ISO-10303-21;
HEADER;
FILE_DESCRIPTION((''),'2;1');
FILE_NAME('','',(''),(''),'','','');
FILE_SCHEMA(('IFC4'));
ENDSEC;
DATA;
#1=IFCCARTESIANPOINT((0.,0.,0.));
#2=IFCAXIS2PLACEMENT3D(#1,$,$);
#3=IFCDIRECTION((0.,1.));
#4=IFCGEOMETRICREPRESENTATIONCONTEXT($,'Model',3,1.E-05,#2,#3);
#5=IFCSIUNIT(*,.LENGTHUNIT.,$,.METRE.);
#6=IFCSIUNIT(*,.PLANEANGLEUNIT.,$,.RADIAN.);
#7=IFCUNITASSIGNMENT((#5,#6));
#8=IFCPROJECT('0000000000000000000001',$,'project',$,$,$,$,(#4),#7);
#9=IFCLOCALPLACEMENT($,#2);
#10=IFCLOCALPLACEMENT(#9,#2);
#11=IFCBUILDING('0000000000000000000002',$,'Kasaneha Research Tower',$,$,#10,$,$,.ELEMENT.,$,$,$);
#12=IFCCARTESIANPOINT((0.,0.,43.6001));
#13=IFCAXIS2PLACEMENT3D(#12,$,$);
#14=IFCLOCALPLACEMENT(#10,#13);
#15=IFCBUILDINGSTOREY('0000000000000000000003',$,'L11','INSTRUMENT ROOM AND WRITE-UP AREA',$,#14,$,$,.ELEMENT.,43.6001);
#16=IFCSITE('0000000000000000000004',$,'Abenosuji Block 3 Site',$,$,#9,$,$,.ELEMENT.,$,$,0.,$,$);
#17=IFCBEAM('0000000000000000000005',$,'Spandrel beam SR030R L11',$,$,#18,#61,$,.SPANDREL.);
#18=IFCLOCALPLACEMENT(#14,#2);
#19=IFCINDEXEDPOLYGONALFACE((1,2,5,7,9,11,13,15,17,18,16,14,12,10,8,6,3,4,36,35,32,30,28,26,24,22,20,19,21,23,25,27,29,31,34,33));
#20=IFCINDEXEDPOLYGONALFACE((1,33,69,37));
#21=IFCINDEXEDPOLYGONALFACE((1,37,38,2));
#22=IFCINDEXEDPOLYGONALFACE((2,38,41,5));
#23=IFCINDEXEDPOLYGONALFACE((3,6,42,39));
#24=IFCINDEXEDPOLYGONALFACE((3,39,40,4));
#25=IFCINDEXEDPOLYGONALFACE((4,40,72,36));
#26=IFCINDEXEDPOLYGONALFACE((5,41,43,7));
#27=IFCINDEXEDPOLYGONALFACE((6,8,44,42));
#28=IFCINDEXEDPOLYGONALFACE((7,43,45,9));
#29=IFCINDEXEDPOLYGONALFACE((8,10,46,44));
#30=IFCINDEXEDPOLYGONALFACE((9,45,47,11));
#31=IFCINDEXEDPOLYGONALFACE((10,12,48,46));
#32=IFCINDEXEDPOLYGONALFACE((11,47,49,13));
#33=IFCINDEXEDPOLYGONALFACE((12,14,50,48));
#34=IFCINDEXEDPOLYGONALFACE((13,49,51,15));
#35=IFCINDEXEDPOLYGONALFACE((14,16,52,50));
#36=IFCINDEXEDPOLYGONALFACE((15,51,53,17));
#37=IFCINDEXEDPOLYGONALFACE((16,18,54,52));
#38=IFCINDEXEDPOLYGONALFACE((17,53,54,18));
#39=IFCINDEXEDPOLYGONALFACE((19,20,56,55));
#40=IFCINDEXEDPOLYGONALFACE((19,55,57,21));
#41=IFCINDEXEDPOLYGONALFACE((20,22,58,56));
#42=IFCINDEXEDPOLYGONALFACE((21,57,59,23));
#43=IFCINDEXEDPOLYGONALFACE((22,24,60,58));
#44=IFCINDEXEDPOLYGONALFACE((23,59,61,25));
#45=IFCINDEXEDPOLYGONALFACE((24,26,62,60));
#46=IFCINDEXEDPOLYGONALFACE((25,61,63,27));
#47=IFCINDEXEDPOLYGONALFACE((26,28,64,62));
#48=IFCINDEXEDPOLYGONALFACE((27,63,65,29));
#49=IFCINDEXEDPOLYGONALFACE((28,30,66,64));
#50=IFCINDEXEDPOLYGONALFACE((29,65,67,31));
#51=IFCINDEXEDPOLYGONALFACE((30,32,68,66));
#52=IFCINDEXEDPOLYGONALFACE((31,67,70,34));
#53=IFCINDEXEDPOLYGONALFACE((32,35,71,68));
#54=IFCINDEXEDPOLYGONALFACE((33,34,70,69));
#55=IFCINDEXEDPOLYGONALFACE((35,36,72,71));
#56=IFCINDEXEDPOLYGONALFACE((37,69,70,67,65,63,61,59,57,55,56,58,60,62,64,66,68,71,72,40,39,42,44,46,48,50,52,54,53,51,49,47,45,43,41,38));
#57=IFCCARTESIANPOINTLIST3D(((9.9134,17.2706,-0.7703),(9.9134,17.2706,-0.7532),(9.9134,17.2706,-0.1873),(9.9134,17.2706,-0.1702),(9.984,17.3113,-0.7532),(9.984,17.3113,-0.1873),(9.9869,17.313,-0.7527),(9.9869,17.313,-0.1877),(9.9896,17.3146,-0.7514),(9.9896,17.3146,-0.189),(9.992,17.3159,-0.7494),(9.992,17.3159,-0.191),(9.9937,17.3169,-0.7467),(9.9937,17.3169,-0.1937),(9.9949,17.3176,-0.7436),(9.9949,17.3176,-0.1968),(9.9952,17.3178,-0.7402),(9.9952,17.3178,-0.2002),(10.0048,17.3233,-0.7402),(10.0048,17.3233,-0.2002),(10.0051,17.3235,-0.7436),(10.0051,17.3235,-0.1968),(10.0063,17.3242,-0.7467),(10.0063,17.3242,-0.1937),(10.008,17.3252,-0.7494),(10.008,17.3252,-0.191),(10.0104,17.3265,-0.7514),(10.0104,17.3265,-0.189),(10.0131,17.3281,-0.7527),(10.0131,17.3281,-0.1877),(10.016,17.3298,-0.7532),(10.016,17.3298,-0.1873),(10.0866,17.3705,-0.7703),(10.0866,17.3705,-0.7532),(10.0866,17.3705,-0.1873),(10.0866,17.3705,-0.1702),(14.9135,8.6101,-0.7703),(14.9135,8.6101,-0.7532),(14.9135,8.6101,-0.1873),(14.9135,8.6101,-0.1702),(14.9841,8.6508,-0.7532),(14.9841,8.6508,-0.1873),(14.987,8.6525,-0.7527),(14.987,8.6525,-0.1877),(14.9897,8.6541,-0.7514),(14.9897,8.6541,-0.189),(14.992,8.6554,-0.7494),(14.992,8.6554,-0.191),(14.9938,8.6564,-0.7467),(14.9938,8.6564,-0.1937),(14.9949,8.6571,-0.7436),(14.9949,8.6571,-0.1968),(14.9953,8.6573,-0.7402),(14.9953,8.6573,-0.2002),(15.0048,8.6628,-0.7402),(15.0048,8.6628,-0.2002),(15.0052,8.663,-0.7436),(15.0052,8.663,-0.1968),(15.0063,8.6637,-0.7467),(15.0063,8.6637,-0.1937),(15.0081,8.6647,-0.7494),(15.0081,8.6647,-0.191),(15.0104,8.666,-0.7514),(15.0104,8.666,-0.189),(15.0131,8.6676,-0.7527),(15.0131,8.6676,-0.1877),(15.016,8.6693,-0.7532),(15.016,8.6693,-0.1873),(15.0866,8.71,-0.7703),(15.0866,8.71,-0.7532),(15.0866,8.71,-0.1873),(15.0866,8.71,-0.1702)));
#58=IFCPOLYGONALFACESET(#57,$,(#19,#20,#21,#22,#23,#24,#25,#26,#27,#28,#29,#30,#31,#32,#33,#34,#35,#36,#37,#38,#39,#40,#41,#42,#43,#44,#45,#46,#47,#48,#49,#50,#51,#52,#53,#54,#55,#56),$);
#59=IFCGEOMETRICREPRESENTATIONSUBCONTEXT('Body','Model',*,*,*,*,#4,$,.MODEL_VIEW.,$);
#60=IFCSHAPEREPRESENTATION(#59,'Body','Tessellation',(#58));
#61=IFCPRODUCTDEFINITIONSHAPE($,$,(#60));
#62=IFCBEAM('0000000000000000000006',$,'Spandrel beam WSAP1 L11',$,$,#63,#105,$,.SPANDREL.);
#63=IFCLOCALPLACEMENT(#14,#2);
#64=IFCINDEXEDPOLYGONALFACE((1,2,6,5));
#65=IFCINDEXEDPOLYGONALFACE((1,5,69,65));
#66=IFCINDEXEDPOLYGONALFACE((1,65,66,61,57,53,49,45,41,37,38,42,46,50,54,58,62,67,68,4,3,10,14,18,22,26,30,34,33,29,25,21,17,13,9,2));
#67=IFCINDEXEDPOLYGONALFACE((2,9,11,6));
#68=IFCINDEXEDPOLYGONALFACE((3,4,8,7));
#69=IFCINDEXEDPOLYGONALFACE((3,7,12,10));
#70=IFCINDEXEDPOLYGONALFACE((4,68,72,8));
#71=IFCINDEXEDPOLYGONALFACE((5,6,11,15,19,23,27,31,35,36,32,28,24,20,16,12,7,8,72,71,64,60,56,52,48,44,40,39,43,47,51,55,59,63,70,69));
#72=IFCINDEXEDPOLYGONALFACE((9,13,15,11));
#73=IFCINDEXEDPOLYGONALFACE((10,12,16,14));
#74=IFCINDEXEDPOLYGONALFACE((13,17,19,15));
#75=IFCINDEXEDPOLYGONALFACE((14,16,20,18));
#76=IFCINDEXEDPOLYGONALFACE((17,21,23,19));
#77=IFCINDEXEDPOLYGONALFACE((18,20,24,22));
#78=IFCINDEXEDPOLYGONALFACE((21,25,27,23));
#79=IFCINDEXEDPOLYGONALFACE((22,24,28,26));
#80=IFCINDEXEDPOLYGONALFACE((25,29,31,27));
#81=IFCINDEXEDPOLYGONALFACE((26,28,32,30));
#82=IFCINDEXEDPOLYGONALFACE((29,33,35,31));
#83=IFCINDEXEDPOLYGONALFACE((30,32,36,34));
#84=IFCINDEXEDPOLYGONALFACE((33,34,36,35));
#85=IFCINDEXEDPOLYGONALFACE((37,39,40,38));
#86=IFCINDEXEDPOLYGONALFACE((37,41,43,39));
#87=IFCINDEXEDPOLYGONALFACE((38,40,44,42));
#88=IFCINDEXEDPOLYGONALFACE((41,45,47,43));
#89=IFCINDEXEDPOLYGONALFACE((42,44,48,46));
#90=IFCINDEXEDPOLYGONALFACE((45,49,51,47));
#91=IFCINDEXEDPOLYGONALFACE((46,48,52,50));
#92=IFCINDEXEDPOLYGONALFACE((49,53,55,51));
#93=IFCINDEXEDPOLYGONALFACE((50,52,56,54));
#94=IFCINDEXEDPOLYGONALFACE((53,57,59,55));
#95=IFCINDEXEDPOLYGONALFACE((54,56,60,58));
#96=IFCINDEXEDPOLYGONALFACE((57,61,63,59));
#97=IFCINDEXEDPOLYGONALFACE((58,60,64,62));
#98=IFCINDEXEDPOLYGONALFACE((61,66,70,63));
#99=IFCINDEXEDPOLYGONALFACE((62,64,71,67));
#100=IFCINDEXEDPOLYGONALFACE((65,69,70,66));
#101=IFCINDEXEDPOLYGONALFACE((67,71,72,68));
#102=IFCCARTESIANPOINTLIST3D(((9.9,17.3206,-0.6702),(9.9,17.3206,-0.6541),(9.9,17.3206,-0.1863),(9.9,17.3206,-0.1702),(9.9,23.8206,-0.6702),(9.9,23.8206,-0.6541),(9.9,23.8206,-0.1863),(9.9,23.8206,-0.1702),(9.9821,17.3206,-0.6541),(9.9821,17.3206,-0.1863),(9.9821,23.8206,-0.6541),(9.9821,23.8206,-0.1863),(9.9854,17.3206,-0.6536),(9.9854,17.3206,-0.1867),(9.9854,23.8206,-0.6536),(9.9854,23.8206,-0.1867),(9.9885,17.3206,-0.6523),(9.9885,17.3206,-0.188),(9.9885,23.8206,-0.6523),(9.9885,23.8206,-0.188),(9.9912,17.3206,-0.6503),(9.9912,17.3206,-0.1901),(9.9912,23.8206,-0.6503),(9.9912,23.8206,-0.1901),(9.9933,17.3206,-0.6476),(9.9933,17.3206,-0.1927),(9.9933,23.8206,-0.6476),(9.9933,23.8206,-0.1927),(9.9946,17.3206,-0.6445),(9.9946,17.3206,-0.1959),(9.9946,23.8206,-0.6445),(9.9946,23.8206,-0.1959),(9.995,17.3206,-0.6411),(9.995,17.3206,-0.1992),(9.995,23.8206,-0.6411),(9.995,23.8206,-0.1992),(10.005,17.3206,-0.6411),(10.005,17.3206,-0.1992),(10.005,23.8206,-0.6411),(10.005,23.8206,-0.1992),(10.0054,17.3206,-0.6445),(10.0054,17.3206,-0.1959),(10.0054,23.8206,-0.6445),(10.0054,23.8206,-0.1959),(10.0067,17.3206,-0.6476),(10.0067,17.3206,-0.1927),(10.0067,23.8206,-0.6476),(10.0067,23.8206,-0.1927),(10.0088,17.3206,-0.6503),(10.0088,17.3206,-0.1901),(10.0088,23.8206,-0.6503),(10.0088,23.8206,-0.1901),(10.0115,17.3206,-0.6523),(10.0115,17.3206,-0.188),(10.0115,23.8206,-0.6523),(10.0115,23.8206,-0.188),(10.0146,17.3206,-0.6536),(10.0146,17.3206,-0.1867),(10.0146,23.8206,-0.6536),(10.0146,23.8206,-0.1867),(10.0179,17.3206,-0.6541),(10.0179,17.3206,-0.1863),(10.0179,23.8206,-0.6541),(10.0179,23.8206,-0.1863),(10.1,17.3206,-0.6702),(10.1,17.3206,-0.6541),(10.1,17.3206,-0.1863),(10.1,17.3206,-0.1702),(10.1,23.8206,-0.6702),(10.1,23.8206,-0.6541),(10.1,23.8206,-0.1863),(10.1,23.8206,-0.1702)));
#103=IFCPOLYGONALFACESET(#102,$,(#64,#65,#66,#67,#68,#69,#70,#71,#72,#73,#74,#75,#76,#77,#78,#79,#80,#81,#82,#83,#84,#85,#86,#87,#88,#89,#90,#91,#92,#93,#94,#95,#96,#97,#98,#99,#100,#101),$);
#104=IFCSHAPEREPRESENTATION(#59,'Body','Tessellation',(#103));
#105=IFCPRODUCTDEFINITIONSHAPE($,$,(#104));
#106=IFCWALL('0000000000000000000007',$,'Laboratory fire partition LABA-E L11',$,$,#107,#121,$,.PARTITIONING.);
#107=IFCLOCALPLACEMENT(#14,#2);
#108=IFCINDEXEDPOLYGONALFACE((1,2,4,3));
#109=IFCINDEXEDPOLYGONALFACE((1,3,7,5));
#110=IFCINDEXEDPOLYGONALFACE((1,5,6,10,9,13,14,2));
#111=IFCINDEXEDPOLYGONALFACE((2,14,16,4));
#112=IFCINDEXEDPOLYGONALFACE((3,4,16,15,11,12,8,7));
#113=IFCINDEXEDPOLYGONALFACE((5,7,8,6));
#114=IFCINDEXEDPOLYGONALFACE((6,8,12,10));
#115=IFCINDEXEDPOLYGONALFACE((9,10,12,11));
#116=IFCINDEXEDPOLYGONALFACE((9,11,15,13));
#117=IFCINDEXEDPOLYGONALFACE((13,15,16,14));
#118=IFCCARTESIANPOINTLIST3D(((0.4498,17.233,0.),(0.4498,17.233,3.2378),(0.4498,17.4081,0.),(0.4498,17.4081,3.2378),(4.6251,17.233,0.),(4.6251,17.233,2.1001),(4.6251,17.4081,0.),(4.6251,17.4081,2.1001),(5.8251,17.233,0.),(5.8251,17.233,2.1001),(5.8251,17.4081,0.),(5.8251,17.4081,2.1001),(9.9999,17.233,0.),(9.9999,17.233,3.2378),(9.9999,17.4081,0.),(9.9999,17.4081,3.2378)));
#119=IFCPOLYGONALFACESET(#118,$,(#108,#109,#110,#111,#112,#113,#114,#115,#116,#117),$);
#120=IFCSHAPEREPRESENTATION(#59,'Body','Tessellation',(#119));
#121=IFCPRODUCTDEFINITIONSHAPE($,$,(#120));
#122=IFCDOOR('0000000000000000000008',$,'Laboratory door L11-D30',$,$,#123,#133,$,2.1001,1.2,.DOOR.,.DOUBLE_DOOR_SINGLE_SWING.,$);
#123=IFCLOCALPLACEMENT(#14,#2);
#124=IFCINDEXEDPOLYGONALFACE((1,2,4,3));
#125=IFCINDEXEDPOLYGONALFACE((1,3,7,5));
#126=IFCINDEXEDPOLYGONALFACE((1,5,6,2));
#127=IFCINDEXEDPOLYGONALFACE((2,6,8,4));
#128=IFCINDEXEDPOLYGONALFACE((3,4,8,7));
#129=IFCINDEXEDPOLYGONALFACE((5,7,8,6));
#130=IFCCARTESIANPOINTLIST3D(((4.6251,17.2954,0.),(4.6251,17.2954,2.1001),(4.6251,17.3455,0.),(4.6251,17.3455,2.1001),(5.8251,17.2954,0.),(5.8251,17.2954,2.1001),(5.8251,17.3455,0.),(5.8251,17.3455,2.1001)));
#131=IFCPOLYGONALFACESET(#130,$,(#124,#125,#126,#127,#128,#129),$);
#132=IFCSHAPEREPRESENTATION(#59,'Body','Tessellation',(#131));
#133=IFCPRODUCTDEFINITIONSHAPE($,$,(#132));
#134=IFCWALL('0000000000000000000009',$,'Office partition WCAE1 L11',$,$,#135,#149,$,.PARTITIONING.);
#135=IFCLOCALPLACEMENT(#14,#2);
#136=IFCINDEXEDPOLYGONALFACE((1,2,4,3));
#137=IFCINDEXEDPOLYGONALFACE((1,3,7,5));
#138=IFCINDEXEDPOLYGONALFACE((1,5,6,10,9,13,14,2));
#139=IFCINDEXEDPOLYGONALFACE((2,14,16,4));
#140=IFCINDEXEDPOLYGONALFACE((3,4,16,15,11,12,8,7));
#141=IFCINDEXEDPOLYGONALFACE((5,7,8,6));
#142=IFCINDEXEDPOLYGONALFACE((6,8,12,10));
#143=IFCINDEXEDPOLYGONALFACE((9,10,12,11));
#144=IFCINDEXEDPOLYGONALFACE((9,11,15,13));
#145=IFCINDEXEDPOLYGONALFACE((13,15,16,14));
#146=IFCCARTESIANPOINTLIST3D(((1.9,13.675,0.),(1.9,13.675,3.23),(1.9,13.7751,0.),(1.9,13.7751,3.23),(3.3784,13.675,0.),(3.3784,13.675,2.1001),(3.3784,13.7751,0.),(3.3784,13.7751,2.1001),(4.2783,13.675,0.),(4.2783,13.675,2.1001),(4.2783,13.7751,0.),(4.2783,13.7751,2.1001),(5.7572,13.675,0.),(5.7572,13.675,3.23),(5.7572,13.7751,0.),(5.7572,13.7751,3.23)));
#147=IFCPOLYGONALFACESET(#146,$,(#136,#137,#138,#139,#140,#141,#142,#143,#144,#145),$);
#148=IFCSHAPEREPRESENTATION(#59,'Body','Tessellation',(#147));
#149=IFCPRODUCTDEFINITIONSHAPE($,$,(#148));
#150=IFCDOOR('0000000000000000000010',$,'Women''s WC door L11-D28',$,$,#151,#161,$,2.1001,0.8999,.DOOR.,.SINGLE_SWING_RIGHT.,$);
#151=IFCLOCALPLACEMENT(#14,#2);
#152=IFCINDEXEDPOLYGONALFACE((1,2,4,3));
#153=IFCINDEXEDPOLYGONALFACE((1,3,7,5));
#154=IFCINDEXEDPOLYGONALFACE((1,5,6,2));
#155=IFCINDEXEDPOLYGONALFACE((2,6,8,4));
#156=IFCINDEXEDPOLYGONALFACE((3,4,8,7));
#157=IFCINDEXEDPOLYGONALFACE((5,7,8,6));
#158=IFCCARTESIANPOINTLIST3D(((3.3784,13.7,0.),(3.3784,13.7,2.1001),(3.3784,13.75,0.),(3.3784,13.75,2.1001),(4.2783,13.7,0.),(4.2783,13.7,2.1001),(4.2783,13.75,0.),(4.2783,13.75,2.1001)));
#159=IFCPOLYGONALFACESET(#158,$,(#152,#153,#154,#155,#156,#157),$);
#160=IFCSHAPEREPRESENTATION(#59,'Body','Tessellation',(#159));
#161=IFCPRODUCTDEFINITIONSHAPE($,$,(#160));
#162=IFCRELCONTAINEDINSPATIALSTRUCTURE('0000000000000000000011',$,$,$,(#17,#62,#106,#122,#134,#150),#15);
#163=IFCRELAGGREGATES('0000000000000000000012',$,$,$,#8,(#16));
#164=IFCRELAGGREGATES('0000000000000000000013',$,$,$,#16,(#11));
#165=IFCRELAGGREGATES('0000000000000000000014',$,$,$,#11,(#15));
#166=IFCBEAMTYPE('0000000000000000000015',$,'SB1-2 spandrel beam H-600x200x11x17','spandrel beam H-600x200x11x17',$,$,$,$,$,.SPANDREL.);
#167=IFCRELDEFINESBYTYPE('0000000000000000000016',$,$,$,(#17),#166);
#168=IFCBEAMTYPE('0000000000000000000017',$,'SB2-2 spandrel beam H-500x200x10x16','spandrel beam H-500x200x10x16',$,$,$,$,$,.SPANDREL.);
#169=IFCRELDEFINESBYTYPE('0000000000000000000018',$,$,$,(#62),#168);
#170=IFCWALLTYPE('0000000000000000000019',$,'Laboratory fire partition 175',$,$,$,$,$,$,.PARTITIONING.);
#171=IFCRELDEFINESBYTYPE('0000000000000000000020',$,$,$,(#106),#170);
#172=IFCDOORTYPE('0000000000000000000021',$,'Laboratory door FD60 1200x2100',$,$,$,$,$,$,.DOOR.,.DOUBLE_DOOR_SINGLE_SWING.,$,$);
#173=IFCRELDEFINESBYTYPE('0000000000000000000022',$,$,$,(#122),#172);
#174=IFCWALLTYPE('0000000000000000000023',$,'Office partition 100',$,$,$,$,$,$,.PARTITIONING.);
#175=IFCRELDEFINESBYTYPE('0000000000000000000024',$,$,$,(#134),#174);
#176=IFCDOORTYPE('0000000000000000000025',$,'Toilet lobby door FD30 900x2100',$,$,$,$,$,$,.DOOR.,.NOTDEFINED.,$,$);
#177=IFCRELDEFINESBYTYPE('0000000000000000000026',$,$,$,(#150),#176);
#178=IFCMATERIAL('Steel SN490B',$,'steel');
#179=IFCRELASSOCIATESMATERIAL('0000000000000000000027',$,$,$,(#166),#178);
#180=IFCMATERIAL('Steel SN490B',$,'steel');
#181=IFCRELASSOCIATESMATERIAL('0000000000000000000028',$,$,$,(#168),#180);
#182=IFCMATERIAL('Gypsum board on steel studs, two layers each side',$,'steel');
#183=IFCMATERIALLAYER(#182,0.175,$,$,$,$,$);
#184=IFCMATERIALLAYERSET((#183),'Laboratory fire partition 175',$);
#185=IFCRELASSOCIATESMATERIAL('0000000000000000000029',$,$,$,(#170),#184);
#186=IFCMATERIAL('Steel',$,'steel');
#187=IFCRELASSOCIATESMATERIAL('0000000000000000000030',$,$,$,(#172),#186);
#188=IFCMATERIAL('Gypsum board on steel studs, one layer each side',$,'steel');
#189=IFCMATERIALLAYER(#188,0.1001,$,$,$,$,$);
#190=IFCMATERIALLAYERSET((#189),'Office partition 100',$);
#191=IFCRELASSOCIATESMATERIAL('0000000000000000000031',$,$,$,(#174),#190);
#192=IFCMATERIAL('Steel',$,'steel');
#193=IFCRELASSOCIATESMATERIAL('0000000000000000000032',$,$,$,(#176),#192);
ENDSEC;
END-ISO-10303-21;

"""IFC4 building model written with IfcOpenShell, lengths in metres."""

from ifc_helpers import new_model, si_unit, direction, frame, frame_2d, origin, origin_2d, place, context, subcontext, project, spatial, rectangle, i_section, extrude, material, layer, layer_set, material_profile, profile_set, type_object, element, fill, save


model = new_model("IFC4")

# Units and contexts
model_context = context("Model", 3, precision=1e-05, world=origin(), true_north=direction((0.0, 1.0)))
body_context = subcontext(model_context, "Body", "Model", "MODEL_VIEW")
ifc_project = project(units=[si_unit("LENGTHUNIT", "METRE"), si_unit("PLANEANGLEUNIT", "RADIAN")], contexts=[model_context])

# Site, building, storey
site_placement = place(None, origin())
site = spatial("IfcSite", under=ifc_project, at=site_placement, Name="Abenosuji Block 3 Site", CompositionType="ELEMENT", RefElevation=0.0)
building_placement = place(site_placement, origin())
building = spatial("IfcBuilding", under=site, at=building_placement, Name="Kasaneha Research Tower", CompositionType="ELEMENT")
storey_placement = place(building_placement, frame((0.0, 0.0, 43.6001)))
storey = spatial("IfcBuildingStorey", under=building, at=storey_placement, Name="L11", Description="INSTRUMENT ROOM AND WRITE-UP AREA", CompositionType="ELEMENT", Elevation=43.6001)

# Beams
ifc_material_1 = material(Name="Steel SN490B", Category="steel")
ifc_material_profile_1 = material_profile(ifc_material_1, i_section(OverallWidth=0.2, OverallDepth=0.6001, WebThickness=0.011, FlangeThickness=0.0171, FilletRadius=0.0129, at=origin_2d()), Name="H-600x200x11x17")
ifc_profile_set_1 = profile_set([ifc_material_profile_1], Name="Steel SN490B")
beam_type_1 = type_object("IfcBeamType", Name="SB1-2 spandrel beam H-600x200x11x17", Description="spandrel beam H-600x200x11x17", PredefinedType="SPANDREL", material=ifc_profile_set_1)
beam_1_placement = place(storey_placement, frame((10.0, 17.3206, -0.4702), z_axis=(0.499994, -0.866029, 0.0), x_axis=(0.866029, 0.499994, 0.0)))
element("IfcBeam", 1, at=beam_1_placement, inside=storey, type_object=beam_type_1, Name="Spandrel beam SR030R L11", PredefinedType="SPANDREL", context=body_context, shape_type="SweptSolid", body=[
    extrude(i_section(OverallWidth=0.2, OverallDepth=0.6001, WebThickness=0.011, FlangeThickness=0.0171, FilletRadius=0.0129, at=origin_2d()), origin(), (0.0, 0.0, 1.0), 10.0002),
])
ifc_material_2 = material(Name="Steel SN490B", Category="steel")
ifc_material_profile_2 = material_profile(ifc_material_2, i_section(OverallWidth=0.2, OverallDepth=0.5, WebThickness=0.01, FlangeThickness=0.0161, FilletRadius=0.0129, at=origin_2d()), Name="H-500x200x10x16")
ifc_profile_set_2 = profile_set([ifc_material_profile_2], Name="Steel SN490B")
beam_type_2 = type_object("IfcBeamType", Name="SB2-2 spandrel beam H-500x200x10x16", Description="spandrel beam H-500x200x10x16", PredefinedType="SPANDREL", material=ifc_profile_set_2)
beam_2_placement = place(storey_placement, frame((10.0, 17.3206, -0.4202), z_axis=(0.0, 1.0, 0.0), x_axis=(-1.0, 0.0, 0.0)))
element("IfcBeam", 2, at=beam_2_placement, inside=storey, type_object=beam_type_2, Name="Spandrel beam WSAP1 L11", PredefinedType="SPANDREL", context=body_context, shape_type="SweptSolid", body=[
    extrude(i_section(OverallWidth=0.2, OverallDepth=0.5, WebThickness=0.01, FlangeThickness=0.0161, FilletRadius=0.0129, at=origin_2d()), origin(), (0.0, 0.0, 1.0), 6.5),
])

# Walls, openings, doors
ifc_material_3 = material(Name="Gypsum board on steel studs, two layers each side", Category="steel")
ifc_layer_1 = layer(ifc_material_3, 0.175)
ifc_layer_set_1 = layer_set([ifc_layer_1], Name="Laboratory fire partition 175")
wall_type_1 = type_object("IfcWallType", Name="Laboratory fire partition 175", PredefinedType="PARTITIONING", material=ifc_layer_set_1)
wall_1_placement = place(storey_placement, frame((0.45, 17.3206, 0.0), z_axis=(0.0, 0.0, 1.0), x_axis=(1.0, 0.0, 0.0)))
wall_1 = element("IfcWall", 3, at=wall_1_placement, inside=storey, type_object=wall_type_1, Name="Laboratory fire partition LABA-E L11", PredefinedType="PARTITIONING", context=body_context, shape_type="SweptSolid", body=[
    extrude(rectangle(XDim=9.55, YDim=0.175, at=frame_2d((4.7749, 0.0))), origin(), (0.0, 0.0, 1.0), 3.2378),
])
opening_1_placement = place(wall_1_placement, frame((4.175, 0.0, 0.0)))
opening_1 = element("IfcOpeningElement", 4, at=opening_1_placement, cuts=wall_1, PredefinedType="OPENING", context=body_context, shape_type="SweptSolid", body=[
    extrude(rectangle(XDim=1.2, YDim=2.1001, at=frame_2d((0.6001, 1.05))), frame((0.0, 0.0977, 0.0), z_axis=(0.0, -1.0, 0.0), x_axis=(1.0, 0.0, 0.0)), (0.0, 0.0, 1.0), 0.1951),
])
ifc_material_4 = material(Name="Steel", Category="steel")
door_type_1 = type_object("IfcDoorType", Name="Laboratory door FD60 1200x2100", OperationType="DOUBLE_DOOR_SINGLE_SWING", PredefinedType="DOOR", material=ifc_material_4)
door_1_placement = place(opening_1_placement, origin())
door_1 = element("IfcDoor", 5, at=door_1_placement, inside=storey, type_object=door_type_1, Name="Laboratory door L11-D30", OperationType="DOUBLE_DOOR_SINGLE_SWING", OverallHeight=2.1001, OverallWidth=1.2, PredefinedType="DOOR", context=body_context, shape_type="SweptSolid", body=[
    extrude(rectangle(XDim=1.2, YDim=2.1001, at=frame_2d((0.6001, 1.05))), frame((0.0, 0.0249, 0.0), z_axis=(0.0, -1.0, 0.0), x_axis=(1.0, 0.0, 0.0)), (0.0, 0.0, 1.0), 0.05),
])
fill(opening_1, door_1)
ifc_material_5 = material(Name="Gypsum board on steel studs, one layer each side", Category="steel")
ifc_layer_2 = layer(ifc_material_5, 0.1001)
ifc_layer_set_2 = layer_set([ifc_layer_2], Name="Office partition 100")
wall_type_2 = type_object("IfcWallType", Name="Office partition 100", PredefinedType="PARTITIONING", material=ifc_layer_set_2)
wall_2_placement = place(storey_placement, frame((1.8999, 13.7251, 0.0), z_axis=(0.0, 0.0, 1.0), x_axis=(1.0, 0.0, 0.0)))
wall_2 = element("IfcWall", 6, at=wall_2_placement, inside=storey, type_object=wall_type_2, Name="Office partition WCAE1 L11", PredefinedType="PARTITIONING", context=body_context, shape_type="SweptSolid", body=[
    extrude(rectangle(XDim=3.8572, YDim=0.1001, at=frame_2d((1.9287, 0.0))), origin(), (0.0, 0.0, 1.0), 3.23),
])
opening_2_placement = place(wall_2_placement, frame((1.4785, 0.0, 0.0)))
opening_2 = element("IfcOpeningElement", 7, at=opening_2_placement, cuts=wall_2, PredefinedType="OPENING", context=body_context, shape_type="SweptSolid", body=[
    extrude(rectangle(XDim=0.8999, YDim=2.1001, at=frame_2d((0.45, 1.05))), frame((0.0, 0.0601, 0.0), z_axis=(0.0, -1.0, 0.0), x_axis=(1.0, 0.0, 0.0)), (0.0, 0.0, 1.0), 0.1201),
])
ifc_material_6 = material(Name="Steel", Category="steel")
door_type_2 = type_object("IfcDoorType", Name="Toilet lobby door FD30 900x2100", OperationType="NOTDEFINED", PredefinedType="DOOR", material=ifc_material_6)
door_2_placement = place(opening_2_placement, origin())
door_2 = element("IfcDoor", 8, at=door_2_placement, inside=storey, type_object=door_type_2, Name="Women's WC door L11-D28", OperationType="SINGLE_SWING_RIGHT", OverallHeight=2.1001, OverallWidth=0.8999, PredefinedType="DOOR", context=body_context, shape_type="SweptSolid", body=[
    extrude(rectangle(XDim=0.8999, YDim=2.1001, at=frame_2d((0.45, 1.05))), frame((0.0, 0.0249, 0.0), z_axis=(0.0, -1.0, 0.0), x_axis=(1.0, 0.0, 0.0)), (0.0, 0.0, 1.0), 0.05),
])
fill(opening_2, door_2)

save(model, "model.ifc")
